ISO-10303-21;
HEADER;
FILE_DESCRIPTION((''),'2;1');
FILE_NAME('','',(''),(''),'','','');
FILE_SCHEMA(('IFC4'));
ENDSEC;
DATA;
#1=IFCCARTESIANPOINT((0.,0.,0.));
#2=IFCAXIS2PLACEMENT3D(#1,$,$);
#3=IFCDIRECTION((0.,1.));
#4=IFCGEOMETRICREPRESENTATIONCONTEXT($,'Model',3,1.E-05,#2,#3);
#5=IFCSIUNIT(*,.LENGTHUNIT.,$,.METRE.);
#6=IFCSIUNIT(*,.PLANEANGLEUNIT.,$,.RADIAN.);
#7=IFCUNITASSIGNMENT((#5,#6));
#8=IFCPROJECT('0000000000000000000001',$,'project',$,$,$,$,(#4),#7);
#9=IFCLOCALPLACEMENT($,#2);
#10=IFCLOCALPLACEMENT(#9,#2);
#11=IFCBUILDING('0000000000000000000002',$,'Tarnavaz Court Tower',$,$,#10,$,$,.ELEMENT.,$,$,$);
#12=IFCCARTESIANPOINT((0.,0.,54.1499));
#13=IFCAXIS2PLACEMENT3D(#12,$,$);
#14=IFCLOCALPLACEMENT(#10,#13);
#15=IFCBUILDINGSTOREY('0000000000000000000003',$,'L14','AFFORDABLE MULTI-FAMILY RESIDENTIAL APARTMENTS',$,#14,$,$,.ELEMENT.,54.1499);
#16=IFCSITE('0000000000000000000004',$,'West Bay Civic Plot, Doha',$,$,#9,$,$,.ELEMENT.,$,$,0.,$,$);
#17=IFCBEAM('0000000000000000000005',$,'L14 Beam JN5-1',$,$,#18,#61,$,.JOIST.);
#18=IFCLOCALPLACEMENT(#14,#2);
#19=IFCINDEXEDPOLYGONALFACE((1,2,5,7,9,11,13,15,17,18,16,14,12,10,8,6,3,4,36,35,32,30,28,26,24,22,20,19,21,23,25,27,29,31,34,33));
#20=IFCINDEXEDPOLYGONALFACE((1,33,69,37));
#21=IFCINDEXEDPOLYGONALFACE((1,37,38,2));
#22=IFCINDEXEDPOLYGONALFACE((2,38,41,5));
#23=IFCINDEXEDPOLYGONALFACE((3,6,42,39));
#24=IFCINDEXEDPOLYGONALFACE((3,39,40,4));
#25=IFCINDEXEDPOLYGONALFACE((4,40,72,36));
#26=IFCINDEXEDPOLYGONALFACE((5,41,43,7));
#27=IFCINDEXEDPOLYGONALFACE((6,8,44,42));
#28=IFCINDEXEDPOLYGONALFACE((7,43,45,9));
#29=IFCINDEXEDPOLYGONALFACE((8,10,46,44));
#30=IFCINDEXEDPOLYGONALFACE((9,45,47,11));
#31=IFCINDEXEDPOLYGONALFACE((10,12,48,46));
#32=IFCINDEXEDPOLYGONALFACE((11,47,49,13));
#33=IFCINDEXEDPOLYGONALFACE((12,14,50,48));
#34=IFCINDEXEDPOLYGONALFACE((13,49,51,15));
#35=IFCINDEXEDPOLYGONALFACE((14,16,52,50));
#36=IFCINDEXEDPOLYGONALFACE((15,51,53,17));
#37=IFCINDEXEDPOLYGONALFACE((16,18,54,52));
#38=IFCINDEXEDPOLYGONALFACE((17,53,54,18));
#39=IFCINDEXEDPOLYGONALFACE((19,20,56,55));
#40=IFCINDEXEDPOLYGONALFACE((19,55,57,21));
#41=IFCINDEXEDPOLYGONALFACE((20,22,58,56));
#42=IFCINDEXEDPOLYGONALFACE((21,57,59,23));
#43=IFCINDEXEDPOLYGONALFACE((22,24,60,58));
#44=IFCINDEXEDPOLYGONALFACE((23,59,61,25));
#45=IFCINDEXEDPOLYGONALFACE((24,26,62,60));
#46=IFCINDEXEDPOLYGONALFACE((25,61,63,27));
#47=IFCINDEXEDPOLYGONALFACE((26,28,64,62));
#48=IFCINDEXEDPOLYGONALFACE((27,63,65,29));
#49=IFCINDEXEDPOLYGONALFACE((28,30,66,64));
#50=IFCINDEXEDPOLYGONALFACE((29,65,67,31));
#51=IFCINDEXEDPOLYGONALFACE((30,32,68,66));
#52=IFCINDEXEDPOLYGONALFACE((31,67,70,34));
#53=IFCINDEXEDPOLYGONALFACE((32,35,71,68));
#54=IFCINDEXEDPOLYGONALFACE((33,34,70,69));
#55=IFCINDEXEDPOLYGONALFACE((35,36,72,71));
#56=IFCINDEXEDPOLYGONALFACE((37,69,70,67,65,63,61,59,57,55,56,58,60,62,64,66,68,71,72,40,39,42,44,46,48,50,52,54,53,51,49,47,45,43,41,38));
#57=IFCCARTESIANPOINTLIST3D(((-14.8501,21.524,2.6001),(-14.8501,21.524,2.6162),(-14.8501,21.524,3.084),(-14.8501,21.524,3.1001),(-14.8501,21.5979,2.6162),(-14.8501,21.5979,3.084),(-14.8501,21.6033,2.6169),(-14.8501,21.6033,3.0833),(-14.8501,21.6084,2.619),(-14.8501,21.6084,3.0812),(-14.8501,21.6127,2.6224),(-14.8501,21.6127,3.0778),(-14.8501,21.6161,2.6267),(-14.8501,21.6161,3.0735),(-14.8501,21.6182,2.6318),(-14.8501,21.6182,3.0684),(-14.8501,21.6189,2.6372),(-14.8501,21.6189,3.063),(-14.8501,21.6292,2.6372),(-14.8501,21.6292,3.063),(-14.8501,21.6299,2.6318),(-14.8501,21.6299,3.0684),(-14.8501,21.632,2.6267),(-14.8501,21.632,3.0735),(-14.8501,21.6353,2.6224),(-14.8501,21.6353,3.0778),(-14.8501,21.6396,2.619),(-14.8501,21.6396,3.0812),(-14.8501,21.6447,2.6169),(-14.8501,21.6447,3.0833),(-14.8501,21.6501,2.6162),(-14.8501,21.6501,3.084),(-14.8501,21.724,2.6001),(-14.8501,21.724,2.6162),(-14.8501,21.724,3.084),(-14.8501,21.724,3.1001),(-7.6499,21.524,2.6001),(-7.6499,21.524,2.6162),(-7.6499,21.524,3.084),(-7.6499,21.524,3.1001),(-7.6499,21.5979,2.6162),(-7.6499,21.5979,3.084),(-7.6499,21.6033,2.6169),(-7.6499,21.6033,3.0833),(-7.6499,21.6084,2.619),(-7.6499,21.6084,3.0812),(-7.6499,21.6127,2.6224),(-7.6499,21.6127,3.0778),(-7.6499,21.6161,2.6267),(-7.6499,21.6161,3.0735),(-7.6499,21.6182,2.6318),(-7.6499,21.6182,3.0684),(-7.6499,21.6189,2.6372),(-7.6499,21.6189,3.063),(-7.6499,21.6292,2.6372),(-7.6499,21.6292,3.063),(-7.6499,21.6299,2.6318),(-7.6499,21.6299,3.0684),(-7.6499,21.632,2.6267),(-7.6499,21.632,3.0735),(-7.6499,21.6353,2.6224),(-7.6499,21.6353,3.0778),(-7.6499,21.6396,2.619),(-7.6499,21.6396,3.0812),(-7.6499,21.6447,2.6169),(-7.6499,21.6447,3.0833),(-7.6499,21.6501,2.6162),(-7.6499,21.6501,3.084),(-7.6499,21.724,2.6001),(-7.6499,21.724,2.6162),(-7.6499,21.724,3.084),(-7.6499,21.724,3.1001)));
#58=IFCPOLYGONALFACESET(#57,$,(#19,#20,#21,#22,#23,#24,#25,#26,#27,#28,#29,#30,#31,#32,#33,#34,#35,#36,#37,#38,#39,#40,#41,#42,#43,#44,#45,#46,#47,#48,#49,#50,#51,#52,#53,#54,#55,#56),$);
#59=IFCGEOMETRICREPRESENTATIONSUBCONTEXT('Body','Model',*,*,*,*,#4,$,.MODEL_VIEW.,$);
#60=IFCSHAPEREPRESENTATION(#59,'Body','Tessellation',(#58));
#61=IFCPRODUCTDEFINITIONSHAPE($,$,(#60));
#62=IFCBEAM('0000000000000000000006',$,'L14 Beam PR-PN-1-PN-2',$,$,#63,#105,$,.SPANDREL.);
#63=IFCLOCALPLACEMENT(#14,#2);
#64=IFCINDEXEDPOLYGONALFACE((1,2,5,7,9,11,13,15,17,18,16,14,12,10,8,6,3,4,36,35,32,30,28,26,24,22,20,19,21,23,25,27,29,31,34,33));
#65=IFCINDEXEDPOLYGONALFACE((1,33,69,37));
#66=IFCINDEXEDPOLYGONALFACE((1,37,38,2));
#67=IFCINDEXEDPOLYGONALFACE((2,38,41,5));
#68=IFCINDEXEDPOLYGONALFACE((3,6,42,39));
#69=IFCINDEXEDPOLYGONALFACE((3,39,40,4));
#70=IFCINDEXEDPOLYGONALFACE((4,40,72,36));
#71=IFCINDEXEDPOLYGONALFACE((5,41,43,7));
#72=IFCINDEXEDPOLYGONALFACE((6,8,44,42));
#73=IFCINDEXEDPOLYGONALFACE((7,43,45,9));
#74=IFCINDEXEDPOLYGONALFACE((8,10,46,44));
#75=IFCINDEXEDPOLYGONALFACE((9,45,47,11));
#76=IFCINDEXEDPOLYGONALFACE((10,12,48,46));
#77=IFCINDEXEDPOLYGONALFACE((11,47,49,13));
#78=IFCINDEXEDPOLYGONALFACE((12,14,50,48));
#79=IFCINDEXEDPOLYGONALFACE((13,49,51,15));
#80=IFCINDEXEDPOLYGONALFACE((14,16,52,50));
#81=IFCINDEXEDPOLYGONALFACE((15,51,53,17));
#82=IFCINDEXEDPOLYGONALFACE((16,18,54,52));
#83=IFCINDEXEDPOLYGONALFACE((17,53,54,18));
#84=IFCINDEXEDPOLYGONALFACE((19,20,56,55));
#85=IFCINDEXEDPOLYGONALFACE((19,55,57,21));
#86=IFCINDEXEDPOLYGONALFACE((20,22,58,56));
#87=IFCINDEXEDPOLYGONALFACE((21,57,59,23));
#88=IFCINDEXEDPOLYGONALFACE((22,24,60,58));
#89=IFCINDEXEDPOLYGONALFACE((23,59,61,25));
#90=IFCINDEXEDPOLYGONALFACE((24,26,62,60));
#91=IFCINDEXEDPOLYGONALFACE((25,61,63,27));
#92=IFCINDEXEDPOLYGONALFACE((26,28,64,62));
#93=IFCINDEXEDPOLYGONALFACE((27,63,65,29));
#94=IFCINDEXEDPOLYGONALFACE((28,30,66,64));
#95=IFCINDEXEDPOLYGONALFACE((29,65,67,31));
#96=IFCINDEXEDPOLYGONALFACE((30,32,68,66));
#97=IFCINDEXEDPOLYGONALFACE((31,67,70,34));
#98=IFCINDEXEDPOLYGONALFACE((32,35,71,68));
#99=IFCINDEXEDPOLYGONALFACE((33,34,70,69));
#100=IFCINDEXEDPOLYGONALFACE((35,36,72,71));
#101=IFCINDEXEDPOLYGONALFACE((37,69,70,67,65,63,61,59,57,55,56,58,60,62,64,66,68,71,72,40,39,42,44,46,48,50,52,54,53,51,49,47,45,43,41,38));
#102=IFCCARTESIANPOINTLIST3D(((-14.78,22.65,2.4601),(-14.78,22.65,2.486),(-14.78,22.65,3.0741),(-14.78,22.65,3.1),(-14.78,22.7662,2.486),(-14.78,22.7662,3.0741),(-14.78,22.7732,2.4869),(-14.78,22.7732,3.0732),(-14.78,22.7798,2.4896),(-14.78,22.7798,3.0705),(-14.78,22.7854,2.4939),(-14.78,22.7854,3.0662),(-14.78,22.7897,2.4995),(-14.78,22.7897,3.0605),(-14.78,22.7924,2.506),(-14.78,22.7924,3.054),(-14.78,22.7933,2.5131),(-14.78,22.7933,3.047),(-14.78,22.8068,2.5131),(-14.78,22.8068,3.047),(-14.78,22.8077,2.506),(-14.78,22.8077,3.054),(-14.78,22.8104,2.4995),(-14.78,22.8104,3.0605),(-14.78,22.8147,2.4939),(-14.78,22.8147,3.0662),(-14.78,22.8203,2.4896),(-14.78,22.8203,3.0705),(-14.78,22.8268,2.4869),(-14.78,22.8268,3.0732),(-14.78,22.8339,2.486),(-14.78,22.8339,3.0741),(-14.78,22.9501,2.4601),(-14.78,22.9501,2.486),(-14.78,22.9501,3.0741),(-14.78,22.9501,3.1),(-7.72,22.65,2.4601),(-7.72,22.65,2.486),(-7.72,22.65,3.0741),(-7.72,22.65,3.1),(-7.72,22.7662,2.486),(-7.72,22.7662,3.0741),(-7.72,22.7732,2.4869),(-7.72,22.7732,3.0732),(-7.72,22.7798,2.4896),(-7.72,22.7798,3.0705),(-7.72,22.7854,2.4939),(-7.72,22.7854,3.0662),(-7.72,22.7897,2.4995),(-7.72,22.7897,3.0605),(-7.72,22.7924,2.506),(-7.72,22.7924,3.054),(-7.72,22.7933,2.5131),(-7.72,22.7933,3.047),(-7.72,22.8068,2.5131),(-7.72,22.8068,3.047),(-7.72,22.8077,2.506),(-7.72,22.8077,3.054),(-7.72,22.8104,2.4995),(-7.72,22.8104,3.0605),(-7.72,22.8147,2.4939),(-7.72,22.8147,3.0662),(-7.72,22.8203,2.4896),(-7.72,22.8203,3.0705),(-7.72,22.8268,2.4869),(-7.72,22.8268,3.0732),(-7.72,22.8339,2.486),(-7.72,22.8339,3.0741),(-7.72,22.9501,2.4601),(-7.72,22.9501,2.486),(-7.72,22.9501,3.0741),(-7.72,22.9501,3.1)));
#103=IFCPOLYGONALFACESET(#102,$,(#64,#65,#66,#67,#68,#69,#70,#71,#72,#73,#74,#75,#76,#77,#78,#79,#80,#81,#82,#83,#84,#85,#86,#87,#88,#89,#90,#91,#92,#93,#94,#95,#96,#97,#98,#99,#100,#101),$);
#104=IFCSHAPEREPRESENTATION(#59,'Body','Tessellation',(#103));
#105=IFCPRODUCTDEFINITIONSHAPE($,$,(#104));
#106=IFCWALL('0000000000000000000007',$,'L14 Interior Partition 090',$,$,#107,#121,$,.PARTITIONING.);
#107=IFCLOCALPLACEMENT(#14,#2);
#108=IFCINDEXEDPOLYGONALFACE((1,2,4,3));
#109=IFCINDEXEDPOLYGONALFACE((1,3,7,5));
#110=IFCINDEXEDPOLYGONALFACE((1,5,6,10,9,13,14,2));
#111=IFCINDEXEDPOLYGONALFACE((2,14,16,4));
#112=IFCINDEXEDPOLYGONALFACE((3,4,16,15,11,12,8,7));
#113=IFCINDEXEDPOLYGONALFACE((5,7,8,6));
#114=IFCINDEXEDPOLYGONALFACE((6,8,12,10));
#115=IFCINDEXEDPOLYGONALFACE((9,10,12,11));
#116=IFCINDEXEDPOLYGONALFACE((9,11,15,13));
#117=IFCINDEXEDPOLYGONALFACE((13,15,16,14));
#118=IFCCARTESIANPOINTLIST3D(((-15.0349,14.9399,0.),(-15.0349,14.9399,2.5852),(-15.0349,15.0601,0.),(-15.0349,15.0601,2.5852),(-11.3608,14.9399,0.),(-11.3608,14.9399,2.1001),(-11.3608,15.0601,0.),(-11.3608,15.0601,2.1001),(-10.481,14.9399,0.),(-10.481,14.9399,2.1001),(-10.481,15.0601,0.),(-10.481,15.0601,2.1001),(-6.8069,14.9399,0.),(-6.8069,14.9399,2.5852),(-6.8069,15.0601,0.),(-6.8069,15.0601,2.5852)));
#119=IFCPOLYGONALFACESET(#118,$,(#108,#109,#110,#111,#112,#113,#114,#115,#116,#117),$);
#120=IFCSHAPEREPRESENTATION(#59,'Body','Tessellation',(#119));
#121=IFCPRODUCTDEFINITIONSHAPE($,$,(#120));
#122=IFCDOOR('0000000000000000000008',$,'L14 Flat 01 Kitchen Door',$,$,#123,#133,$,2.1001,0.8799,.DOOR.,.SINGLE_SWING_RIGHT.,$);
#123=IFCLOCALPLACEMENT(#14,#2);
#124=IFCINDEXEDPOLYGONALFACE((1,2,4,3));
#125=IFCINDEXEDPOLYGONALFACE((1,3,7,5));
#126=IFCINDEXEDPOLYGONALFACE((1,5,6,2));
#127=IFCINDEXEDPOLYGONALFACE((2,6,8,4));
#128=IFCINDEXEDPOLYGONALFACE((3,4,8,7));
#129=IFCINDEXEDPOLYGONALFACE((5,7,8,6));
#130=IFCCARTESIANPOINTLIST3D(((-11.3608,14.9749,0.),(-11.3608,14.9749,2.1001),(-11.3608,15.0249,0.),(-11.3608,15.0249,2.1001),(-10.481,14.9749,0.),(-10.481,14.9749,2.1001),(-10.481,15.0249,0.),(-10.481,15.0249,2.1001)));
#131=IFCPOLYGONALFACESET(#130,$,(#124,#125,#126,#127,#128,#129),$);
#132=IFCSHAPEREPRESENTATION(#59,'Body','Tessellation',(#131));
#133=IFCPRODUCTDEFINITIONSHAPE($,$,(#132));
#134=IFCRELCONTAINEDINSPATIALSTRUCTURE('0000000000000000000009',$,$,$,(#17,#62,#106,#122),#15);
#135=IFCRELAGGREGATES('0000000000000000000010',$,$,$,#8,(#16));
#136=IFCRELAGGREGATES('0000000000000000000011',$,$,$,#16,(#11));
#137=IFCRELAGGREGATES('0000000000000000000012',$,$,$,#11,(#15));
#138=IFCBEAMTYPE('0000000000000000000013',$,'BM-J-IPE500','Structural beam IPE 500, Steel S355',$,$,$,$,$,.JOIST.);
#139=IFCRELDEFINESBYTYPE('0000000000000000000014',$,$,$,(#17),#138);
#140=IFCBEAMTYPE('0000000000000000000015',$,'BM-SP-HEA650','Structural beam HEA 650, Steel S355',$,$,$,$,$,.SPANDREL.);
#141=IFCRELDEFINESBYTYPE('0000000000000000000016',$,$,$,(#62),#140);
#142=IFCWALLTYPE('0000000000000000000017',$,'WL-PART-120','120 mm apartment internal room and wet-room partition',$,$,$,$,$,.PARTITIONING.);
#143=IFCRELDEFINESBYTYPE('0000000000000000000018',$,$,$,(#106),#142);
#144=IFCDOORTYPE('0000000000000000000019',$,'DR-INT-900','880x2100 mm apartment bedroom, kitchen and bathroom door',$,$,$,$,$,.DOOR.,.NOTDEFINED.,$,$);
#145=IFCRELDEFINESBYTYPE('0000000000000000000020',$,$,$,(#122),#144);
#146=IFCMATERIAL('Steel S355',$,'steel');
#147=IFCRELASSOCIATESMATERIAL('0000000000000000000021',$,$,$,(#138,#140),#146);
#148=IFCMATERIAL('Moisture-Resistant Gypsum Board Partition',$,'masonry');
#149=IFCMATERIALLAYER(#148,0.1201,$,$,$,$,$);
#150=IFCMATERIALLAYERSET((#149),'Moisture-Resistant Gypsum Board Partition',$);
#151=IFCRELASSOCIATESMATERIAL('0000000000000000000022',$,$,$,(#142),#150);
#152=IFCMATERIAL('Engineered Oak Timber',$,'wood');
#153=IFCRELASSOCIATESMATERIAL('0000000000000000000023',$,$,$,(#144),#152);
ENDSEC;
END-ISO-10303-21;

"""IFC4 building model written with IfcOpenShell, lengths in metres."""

from ifc_helpers import new_model, si_unit, direction, frame, frame_2d, origin, origin_2d, place, context, subcontext, project, spatial, rectangle, i_section, extrude, material, layer, layer_set, material_profile, profile_set, type_object, element, fill, save


model = new_model("IFC4")

# Units and contexts
model_context = context("Model", 3, precision=1e-05, world=origin(), true_north=direction((0.0, 1.0)))
body_context = subcontext(model_context, "Body", "Model", "MODEL_VIEW")
ifc_project = project(units=[si_unit("LENGTHUNIT", "METRE"), si_unit("PLANEANGLEUNIT", "RADIAN")], contexts=[model_context])

# Site, building, storey
site_placement = place(None, origin())
site = spatial("IfcSite", under=ifc_project, at=site_placement, Name="West Bay Civic Plot, Doha", CompositionType="ELEMENT", RefElevation=0.0)
building_placement = place(site_placement, origin())
building = spatial("IfcBuilding", under=site, at=building_placement, Name="Tarnavaz Court Tower", CompositionType="ELEMENT")
storey_placement = place(building_placement, frame((0.0, 0.0, 54.1499)))
storey = spatial("IfcBuildingStorey", under=building, at=storey_placement, Name="L14", Description="AFFORDABLE MULTI-FAMILY RESIDENTIAL APARTMENTS", CompositionType="ELEMENT", Elevation=54.1499)

# Beams
ifc_material_1 = material(Name="Steel S355", Category="steel")
ifc_material_profile_1 = material_profile(ifc_material_1, i_section(OverallWidth=0.2, OverallDepth=0.5, WebThickness=0.0103, FlangeThickness=0.0161, FilletRadius=0.021, at=origin_2d()), Name="IPE 500")
ifc_profile_set_1 = profile_set([ifc_material_profile_1], Name="Steel S355")
beam_type_1 = type_object("IfcBeamType", Name="BM-J-IPE500", Description="Structural beam IPE 500, Steel S355", PredefinedType="JOIST", material=ifc_profile_set_1)
for number, where, z_axis, x_axis, name in (
    (1, (-14.8501, 21.624, 2.8501), (1.0, 0.0, 0.0), (0.0, 1.0, 0.0), "L14 Beam JN5-1"),
):
    element("IfcBeam", number, at=place(storey_placement, frame(where, z_axis=z_axis, x_axis=x_axis)), inside=storey, type_object=beam_type_1, Name=name, PredefinedType="JOIST", context=body_context, shape_type="SweptSolid", body=[
        extrude(i_section(OverallWidth=0.2, OverallDepth=0.5, WebThickness=0.0103, FlangeThickness=0.0161, FilletRadius=0.021, at=origin_2d()), origin(), (0.0, 0.0, 1.0), 7.2002),
    ])
ifc_material_profile_2 = material_profile(ifc_material_1, i_section(OverallWidth=0.3, OverallDepth=0.6399, WebThickness=0.0134, FlangeThickness=0.0259, FilletRadius=0.0271, at=origin_2d()), Name="HEA 650")
ifc_profile_set_2 = profile_set([ifc_material_profile_2], Name="Steel S355")
beam_type_2 = type_object("IfcBeamType", Name="BM-SP-HEA650", Description="Structural beam HEA 650, Steel S355", PredefinedType="SPANDREL", material=ifc_profile_set_2)
beam_placement = place(storey_placement, frame((-14.78, 22.8, 2.78), z_axis=(1.0, 0.0, 0.0), x_axis=(0.0, 1.0, 0.0)))
element("IfcBeam", 2, at=beam_placement, inside=storey, type_object=beam_type_2, Name="L14 Beam PR-PN-1-PN-2", PredefinedType="SPANDREL", context=body_context, shape_type="SweptSolid", body=[
    extrude(i_section(OverallWidth=0.3, OverallDepth=0.6399, WebThickness=0.0134, FlangeThickness=0.0259, FilletRadius=0.0271, at=origin_2d()), origin(), (0.0, 0.0, 1.0), 7.0601),
])

# Wall, opening, door
ifc_material_2 = material(Name="Moisture-Resistant Gypsum Board Partition", Category="masonry")
ifc_layer = layer(ifc_material_2, 0.1201)
ifc_layer_set = layer_set([ifc_layer], Name="Moisture-Resistant Gypsum Board Partition")
wall_type = type_object("IfcWallType", Name="WL-PART-120", Description="120 mm apartment internal room and wet-room partition", PredefinedType="PARTITIONING", material=ifc_layer_set)
wall_1_placement = place(storey_placement, frame((-15.0349, 15.0, 0.0), z_axis=(0.0, 0.0, 1.0), x_axis=(1.0, 0.0, 0.0)))
wall_1 = element("IfcWall", 3, at=wall_1_placement, inside=storey, type_object=wall_type, Name="L14 Interior Partition 090", PredefinedType="PARTITIONING", context=body_context, shape_type="SweptSolid", body=[
    extrude(rectangle(XDim=8.228, YDim=0.1201, at=frame_2d((4.114, 0.0))), origin(), (0.0, 0.0, 1.0), 2.5852),
])
opening_1_placement = place(wall_1_placement, frame((3.6741, 0.0, 0.0)))
opening_1 = element("IfcOpeningElement", 4, at=opening_1_placement, cuts=wall_1, PredefinedType="OPENING", context=body_context, shape_type="SweptSolid", body=[
    extrude(rectangle(XDim=0.8799, YDim=2.1001, at=frame_2d((0.4399, 1.05))), frame((0.0, 0.0701, 0.0), z_axis=(0.0, -1.0, 0.0), x_axis=(1.0, 0.0, 0.0)), (0.0, 0.0, 1.0), 0.1401),
])
ifc_material_3 = material(Name="Engineered Oak Timber", Category="wood")
door_type = type_object("IfcDoorType", Name="DR-INT-900", Description="880x2100 mm apartment bedroom, kitchen and bathroom door", OperationType="NOTDEFINED", PredefinedType="DOOR", material=ifc_material_3)
door_1_placement = place(opening_1_placement, origin())
door_1 = element("IfcDoor", 5, at=door_1_placement, inside=storey, type_object=door_type, Name="L14 Flat 01 Kitchen Door", OperationType="SINGLE_SWING_RIGHT", OverallHeight=2.1001, OverallWidth=0.8799, PredefinedType="DOOR", context=body_context, shape_type="SweptSolid", body=[
    extrude(rectangle(XDim=0.8799, YDim=2.1001, at=frame_2d((0.4399, 1.05))), frame((0.0, 0.0249, 0.0), z_axis=(0.0, -1.0, 0.0), x_axis=(1.0, 0.0, 0.0)), (0.0, 0.0, 1.0), 0.05),
])
fill(opening_1, door_1)

save(model, "model.ifc")
